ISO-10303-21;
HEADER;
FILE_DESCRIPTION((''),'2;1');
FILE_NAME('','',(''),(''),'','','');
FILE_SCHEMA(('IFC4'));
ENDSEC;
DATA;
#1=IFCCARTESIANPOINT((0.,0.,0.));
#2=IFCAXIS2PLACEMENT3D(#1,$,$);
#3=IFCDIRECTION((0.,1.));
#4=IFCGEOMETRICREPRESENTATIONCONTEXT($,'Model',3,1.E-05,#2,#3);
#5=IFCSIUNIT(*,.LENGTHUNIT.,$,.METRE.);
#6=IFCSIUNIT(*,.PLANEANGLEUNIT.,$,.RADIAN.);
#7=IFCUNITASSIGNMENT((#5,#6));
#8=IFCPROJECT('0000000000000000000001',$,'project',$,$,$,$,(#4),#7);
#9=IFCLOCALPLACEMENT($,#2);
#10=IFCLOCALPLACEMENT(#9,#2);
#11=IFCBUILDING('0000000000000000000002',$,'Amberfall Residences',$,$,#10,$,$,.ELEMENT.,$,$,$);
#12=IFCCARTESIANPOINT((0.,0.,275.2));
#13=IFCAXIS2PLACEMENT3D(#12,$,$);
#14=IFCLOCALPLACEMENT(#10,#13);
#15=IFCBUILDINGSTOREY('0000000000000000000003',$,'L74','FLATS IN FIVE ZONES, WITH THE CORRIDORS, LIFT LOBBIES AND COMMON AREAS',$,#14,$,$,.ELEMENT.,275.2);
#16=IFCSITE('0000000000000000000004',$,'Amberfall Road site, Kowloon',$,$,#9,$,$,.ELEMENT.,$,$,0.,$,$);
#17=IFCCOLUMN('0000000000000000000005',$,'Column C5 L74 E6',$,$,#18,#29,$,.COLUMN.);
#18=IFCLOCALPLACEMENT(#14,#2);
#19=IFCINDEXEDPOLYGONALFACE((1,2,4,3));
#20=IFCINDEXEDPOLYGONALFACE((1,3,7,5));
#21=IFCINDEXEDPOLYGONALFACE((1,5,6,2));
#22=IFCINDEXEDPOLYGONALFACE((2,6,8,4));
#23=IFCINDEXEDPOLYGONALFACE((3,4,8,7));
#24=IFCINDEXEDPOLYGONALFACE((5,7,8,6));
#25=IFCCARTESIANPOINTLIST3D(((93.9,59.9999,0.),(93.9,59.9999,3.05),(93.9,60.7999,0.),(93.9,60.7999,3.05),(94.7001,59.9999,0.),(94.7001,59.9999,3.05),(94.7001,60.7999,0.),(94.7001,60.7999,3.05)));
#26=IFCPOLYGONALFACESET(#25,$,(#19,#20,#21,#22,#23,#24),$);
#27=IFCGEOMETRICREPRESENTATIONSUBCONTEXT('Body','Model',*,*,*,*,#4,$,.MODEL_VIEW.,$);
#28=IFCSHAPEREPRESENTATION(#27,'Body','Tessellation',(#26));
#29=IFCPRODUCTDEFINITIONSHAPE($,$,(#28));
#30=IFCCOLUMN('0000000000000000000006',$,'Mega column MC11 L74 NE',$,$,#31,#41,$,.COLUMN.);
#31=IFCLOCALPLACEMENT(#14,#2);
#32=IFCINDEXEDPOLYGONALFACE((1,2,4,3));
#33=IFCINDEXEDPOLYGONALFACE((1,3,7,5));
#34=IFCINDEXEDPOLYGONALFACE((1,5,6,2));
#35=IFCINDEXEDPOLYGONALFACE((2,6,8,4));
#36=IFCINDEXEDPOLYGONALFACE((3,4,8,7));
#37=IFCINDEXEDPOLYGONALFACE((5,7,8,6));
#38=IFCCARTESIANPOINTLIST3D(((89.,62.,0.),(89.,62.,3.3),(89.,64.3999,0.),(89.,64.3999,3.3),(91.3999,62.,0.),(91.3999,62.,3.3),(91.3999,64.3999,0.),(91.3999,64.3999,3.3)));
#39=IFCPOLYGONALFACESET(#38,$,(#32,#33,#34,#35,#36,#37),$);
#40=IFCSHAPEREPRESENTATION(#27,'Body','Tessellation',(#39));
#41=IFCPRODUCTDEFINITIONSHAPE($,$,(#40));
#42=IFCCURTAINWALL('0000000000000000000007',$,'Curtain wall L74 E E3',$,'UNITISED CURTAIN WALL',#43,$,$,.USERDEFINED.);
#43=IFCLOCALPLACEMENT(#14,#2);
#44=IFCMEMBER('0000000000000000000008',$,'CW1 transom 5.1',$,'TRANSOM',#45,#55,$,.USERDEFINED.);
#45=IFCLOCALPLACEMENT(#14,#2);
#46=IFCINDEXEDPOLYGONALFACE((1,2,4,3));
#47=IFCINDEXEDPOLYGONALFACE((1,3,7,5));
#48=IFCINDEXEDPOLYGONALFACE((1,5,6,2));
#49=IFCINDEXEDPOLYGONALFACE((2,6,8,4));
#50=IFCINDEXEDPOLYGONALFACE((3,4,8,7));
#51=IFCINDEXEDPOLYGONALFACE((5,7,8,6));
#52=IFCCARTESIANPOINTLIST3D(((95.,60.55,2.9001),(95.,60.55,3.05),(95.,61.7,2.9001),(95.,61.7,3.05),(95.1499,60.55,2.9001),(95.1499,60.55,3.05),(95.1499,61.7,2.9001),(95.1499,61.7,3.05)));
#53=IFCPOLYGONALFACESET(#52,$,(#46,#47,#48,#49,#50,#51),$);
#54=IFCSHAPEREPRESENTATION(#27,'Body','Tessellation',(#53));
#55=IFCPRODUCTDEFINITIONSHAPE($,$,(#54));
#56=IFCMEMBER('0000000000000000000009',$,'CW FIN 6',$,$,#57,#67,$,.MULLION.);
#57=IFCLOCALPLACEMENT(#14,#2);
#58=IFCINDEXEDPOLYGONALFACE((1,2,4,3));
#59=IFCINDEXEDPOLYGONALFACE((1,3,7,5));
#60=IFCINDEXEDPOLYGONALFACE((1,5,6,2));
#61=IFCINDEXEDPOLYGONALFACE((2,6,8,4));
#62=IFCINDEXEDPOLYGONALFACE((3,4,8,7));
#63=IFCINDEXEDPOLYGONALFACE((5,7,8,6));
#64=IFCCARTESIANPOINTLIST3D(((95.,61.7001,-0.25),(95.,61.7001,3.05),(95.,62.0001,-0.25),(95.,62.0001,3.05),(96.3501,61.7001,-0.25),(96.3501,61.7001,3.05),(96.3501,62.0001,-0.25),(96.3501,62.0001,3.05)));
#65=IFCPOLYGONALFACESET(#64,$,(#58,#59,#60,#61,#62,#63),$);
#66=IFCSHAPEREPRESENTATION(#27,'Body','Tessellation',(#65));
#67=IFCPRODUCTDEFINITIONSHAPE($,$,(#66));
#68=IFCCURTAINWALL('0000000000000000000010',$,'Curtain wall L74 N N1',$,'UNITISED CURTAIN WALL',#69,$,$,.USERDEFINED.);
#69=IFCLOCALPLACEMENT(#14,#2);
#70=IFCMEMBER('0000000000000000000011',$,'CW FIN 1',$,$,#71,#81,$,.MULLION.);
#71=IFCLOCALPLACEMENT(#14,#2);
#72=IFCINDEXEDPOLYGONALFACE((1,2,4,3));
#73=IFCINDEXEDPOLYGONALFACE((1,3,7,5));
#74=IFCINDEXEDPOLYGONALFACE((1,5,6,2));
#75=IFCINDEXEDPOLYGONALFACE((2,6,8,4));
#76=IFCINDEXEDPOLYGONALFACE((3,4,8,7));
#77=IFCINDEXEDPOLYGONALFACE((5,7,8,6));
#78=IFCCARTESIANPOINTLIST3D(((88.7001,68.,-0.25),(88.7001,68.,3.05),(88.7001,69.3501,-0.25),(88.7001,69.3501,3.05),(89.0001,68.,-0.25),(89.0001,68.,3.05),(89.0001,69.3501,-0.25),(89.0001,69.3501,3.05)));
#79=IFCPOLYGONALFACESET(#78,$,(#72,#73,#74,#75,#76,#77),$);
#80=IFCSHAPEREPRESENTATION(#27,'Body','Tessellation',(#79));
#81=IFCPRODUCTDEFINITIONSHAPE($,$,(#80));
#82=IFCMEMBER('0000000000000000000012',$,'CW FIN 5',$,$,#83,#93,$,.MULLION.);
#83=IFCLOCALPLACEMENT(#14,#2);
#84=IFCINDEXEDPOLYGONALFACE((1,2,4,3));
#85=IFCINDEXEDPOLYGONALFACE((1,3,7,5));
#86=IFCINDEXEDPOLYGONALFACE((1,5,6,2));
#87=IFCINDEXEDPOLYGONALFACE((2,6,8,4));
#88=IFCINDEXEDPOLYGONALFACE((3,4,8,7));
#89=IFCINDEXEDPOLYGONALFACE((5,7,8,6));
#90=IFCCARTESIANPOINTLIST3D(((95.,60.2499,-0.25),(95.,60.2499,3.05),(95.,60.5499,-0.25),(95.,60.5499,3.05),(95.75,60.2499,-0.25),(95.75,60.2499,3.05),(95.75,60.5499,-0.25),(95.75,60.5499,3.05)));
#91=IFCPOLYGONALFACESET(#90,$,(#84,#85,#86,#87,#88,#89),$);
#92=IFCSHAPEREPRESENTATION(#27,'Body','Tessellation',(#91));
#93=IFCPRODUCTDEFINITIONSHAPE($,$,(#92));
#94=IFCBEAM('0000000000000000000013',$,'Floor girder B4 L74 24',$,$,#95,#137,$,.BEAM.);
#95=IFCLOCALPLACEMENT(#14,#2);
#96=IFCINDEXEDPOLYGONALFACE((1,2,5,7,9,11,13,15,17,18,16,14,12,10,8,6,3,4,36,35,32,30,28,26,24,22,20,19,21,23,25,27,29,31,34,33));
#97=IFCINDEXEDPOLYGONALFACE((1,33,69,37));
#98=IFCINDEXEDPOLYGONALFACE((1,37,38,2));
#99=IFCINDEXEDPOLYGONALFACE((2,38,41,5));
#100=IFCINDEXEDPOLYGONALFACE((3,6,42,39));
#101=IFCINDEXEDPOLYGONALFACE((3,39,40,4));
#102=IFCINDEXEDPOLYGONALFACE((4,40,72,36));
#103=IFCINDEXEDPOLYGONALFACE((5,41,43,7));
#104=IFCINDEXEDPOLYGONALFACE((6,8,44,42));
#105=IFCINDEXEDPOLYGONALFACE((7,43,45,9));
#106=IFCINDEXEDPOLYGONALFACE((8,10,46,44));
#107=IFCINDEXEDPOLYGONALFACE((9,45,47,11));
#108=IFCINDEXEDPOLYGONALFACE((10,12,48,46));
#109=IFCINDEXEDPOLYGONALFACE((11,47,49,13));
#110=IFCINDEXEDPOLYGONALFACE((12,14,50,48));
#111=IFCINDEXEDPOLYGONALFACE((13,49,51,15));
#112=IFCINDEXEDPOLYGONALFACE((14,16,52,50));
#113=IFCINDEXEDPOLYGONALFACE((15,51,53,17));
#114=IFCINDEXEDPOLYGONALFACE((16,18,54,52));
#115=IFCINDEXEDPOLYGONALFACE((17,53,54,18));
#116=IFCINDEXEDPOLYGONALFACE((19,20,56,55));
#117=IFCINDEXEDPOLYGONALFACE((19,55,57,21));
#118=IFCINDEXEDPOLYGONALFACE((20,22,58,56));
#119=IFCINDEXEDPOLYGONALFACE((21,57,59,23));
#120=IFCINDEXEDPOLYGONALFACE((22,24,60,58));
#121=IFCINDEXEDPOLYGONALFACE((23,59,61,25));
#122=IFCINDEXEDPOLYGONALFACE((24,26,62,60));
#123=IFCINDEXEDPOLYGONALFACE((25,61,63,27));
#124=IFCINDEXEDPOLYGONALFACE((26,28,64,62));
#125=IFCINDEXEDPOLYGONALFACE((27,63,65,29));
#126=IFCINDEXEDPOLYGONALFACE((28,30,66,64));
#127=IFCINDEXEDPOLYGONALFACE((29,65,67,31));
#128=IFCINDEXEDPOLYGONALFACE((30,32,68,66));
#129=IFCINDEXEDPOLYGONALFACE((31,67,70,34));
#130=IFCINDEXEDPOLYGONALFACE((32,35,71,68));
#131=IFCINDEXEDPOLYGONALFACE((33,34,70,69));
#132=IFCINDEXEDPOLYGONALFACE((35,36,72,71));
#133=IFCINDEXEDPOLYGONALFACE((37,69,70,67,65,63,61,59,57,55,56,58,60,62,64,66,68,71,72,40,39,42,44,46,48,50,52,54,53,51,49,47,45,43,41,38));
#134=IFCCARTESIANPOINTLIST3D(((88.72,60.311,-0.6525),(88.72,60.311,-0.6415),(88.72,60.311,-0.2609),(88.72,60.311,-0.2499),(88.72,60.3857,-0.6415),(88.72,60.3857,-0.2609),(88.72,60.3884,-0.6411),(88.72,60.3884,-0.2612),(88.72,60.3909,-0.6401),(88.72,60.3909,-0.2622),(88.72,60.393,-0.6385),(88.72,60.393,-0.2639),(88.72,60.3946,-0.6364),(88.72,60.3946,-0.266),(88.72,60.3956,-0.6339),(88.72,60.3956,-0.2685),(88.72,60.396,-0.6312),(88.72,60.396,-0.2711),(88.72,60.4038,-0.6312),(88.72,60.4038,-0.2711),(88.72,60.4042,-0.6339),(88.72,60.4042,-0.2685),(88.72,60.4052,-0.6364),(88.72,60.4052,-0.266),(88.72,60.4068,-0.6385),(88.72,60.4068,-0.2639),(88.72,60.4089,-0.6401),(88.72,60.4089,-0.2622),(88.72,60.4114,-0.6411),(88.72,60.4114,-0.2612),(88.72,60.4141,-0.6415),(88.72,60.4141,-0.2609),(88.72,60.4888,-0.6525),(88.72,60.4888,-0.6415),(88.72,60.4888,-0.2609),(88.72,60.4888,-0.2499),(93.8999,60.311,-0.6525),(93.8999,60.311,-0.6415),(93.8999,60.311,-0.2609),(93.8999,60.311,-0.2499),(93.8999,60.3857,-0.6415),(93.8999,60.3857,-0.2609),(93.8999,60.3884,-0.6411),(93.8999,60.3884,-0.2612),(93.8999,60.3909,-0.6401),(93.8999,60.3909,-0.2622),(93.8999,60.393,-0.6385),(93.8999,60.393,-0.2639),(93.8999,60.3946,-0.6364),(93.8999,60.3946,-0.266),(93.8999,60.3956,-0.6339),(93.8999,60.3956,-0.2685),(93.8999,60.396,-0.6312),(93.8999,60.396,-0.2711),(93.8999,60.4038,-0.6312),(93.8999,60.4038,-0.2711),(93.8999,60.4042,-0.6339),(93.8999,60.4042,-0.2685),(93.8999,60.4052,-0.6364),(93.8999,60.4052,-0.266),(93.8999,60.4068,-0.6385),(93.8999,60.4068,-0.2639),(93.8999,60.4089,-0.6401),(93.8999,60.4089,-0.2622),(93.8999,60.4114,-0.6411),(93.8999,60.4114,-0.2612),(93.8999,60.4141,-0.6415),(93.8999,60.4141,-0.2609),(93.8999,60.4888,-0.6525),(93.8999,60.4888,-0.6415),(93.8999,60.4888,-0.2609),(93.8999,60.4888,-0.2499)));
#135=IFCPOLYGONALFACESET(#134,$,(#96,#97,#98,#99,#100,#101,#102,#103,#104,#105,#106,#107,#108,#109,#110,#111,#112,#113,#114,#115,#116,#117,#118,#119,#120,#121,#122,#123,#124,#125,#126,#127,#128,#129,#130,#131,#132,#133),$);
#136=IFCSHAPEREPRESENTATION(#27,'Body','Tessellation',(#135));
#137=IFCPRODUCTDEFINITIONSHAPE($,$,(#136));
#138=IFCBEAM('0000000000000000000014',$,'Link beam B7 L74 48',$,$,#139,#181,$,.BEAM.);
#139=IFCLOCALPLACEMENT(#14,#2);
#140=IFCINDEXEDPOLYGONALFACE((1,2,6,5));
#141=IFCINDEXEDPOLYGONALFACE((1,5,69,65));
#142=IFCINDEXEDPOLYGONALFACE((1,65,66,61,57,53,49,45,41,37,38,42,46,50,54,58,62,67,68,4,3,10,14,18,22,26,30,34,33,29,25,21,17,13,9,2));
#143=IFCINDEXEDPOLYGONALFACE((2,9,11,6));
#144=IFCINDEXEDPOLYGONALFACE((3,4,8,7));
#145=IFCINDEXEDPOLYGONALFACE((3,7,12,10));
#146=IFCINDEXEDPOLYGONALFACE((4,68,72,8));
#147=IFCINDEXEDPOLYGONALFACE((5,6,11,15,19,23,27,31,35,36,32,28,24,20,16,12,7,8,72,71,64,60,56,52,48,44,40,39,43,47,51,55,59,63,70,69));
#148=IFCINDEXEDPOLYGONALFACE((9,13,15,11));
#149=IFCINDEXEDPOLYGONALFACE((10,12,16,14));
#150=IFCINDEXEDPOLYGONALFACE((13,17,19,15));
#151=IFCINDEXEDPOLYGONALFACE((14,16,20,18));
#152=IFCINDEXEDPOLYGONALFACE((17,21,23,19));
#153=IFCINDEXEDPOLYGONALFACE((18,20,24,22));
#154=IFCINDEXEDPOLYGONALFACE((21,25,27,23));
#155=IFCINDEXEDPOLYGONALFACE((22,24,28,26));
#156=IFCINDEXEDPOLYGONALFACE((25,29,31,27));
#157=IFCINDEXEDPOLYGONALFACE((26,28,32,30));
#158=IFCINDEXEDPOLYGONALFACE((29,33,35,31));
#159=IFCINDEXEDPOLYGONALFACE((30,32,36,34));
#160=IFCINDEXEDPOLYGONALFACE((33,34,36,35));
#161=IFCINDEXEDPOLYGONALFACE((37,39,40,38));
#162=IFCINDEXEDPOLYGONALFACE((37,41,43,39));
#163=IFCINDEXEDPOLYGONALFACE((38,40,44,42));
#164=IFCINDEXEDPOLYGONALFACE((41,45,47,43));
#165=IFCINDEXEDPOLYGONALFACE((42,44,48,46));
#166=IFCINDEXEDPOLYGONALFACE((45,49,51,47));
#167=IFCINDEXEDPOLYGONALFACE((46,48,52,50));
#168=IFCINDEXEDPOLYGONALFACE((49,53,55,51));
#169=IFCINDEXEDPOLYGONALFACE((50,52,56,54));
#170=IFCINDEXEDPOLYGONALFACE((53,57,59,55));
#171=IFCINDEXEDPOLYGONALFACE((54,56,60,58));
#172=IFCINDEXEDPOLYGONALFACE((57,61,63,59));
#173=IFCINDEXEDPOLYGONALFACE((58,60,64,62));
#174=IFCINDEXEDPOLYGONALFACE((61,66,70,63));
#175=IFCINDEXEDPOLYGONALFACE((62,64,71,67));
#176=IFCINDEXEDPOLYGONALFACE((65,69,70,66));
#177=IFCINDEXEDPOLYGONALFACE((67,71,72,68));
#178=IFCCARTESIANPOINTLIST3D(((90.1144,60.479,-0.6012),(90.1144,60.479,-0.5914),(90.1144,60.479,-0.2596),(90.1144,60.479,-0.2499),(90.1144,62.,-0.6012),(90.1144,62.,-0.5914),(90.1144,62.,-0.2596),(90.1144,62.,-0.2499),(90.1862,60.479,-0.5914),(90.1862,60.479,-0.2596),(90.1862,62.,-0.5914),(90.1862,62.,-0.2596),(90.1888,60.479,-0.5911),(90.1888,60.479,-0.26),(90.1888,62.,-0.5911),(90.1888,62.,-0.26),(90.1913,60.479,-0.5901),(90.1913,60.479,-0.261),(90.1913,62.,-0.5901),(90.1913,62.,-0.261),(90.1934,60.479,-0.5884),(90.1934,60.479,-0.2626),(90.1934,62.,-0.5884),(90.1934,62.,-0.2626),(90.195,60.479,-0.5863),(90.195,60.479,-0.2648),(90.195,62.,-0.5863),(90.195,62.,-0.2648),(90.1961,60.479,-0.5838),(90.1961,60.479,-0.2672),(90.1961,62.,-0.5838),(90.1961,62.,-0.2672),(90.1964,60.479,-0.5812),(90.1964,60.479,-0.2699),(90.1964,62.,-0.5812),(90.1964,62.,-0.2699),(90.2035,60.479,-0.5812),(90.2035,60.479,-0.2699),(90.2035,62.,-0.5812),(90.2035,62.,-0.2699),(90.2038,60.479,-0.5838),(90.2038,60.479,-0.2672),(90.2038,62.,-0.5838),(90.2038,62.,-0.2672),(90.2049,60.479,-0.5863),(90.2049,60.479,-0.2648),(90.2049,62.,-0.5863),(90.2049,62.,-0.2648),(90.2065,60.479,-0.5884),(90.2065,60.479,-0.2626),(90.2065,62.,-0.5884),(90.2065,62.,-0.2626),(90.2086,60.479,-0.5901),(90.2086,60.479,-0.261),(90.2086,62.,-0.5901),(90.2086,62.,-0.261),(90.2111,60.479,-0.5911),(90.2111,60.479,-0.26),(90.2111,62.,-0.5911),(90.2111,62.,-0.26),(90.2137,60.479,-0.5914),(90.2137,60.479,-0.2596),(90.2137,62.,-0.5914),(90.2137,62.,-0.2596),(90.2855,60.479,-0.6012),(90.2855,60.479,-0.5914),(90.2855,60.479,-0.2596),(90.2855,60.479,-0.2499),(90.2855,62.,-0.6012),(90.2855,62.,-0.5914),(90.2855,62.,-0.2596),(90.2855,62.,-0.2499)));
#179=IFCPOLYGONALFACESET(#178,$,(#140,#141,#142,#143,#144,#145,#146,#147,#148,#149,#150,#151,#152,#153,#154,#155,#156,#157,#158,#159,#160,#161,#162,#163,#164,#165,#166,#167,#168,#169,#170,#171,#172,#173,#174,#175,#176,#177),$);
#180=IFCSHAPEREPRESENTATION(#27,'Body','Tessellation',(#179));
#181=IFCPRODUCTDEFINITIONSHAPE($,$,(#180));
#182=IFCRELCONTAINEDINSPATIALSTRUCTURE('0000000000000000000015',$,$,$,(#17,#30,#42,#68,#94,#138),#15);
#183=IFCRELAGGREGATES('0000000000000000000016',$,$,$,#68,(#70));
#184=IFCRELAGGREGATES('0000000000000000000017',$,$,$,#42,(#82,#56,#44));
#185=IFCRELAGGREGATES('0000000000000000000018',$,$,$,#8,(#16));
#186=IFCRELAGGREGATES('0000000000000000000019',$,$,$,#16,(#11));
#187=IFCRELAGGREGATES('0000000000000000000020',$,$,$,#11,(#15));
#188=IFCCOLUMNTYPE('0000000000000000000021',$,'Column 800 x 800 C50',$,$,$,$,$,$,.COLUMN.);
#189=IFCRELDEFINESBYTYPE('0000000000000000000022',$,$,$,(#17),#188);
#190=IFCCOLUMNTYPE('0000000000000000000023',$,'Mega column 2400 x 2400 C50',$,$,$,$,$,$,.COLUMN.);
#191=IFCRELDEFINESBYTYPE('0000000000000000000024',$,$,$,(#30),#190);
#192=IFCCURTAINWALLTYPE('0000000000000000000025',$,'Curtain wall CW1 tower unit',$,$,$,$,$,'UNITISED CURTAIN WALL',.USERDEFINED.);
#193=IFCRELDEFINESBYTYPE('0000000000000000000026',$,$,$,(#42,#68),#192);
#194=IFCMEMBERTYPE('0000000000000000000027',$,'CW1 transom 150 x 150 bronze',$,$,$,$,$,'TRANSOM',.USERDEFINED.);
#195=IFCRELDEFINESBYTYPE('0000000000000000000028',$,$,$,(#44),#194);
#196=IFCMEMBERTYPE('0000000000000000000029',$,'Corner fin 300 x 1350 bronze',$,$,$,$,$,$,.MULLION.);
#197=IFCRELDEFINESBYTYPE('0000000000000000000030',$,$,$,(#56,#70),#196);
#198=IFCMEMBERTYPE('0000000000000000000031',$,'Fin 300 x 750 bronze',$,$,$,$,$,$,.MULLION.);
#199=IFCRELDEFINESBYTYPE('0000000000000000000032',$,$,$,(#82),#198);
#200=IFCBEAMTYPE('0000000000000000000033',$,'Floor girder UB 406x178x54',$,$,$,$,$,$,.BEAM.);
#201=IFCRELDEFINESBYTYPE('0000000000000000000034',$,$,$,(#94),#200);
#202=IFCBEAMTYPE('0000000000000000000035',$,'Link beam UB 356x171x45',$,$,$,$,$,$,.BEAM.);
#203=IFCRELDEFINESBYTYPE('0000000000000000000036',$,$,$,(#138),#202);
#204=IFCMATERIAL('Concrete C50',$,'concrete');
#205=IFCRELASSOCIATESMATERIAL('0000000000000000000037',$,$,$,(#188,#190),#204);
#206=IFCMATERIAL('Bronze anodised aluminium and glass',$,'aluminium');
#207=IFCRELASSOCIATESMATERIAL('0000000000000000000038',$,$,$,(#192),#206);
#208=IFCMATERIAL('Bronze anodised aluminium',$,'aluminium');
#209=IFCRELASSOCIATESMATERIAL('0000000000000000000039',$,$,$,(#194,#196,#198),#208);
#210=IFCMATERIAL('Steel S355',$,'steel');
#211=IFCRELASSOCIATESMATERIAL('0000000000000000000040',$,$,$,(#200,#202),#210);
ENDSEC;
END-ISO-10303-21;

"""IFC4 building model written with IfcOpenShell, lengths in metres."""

from ifc_helpers import new_model, si_unit, direction, frame, origin, origin_2d, place, context, subcontext, project, spatial, rectangle, i_section, extrude, material, material_profile, profile_set, type_object, element, aggregate, save


model = new_model("IFC4")

# Units and contexts
model_context = context("Model", 3, precision=1e-05, world=origin(), true_north=direction((0.0, 1.0)))
body_context = subcontext(model_context, "Body", "Model", "MODEL_VIEW")
ifc_project = project(units=[si_unit("LENGTHUNIT", "METRE"), si_unit("PLANEANGLEUNIT", "RADIAN")], contexts=[model_context])

# Site, building, storey
site_placement = place(None, origin())
site = spatial("IfcSite", under=ifc_project, at=site_placement, Name="Amberfall Road site, Kowloon", CompositionType="ELEMENT", RefElevation=0.0)
building_placement = place(site_placement, origin())
building = spatial("IfcBuilding", under=site, at=building_placement, Name="Amberfall Residences", CompositionType="ELEMENT")
storey_placement = place(building_placement, frame((0.0, 0.0, 275.2)))
storey = spatial("IfcBuildingStorey", under=building, at=storey_placement, Name="L74", Description="FLATS IN FIVE ZONES, WITH THE CORRIDORS, LIFT LOBBIES AND COMMON AREAS", CompositionType="ELEMENT", Elevation=275.2)

# Columns
ifc_material_1 = material(Name="Concrete C50", Category="concrete")
ifc_material_profile_1 = material_profile(ifc_material_1, rectangle(XDim=0.8, YDim=0.8, at=origin_2d()), Name="Column 800 x 800 C50")
ifc_profile_set_1 = profile_set([ifc_material_profile_1], Name="Concrete C50")
column_type_1 = type_object("IfcColumnType", Name="Column 800 x 800 C50", PredefinedType="COLUMN", material=ifc_profile_set_1)
column_1_placement = place(storey_placement, frame((94.3, 60.3999, 0.0), z_axis=(0.0, 0.0, 1.0), x_axis=(1.0, 0.0, 0.0)))
element("IfcColumn", 1, at=column_1_placement, inside=storey, type_object=column_type_1, Name="Column C5 L74 E6", PredefinedType="COLUMN", context=body_context, shape_type="SweptSolid", body=[
    extrude(rectangle(XDim=0.8, YDim=0.8, at=origin_2d()), origin(), (0.0, 0.0, 1.0), 3.05),
])
ifc_material_profile_2 = material_profile(ifc_material_1, rectangle(XDim=2.3999, YDim=2.3999, at=origin_2d()), Name="Mega column 2400 x 2400 C50")
ifc_profile_set_2 = profile_set([ifc_material_profile_2], Name="Concrete C50")
column_type_2 = type_object("IfcColumnType", Name="Mega column 2400 x 2400 C50", PredefinedType="COLUMN", material=ifc_profile_set_2)
column_2_placement = place(storey_placement, frame((90.2, 63.2, 0.0), z_axis=(0.0, 0.0, 1.0), x_axis=(1.0, 0.0, 0.0)))
element("IfcColumn", 2, at=column_2_placement, inside=storey, type_object=column_type_2, Name="Mega column MC11 L74 NE", PredefinedType="COLUMN", context=body_context, shape_type="SweptSolid", body=[
    extrude(rectangle(XDim=2.3999, YDim=2.3999, at=origin_2d()), origin(), (0.0, 0.0, 1.0), 3.3),
])

# Curtain wall, members
ifc_material_2 = material(Name="Bronze anodised aluminium and glass", Category="aluminium")
curtain_wall_type = type_object("IfcCurtainWallType", Name="Curtain wall CW1 tower unit", ElementType="UNITISED CURTAIN WALL", PredefinedType="USERDEFINED", material=ifc_material_2)
curtain_wall_1_placement = place(storey_placement, origin())
curtain_wall_1 = element("IfcCurtainWall", 3, at=curtain_wall_1_placement, inside=storey, type_object=curtain_wall_type, Name="Curtain wall L74 E E3", ObjectType="UNITISED CURTAIN WALL", PredefinedType="USERDEFINED")
ifc_material_3 = material(Name="Bronze anodised aluminium", Category="aluminium")
ifc_material_profile_3 = material_profile(ifc_material_3, rectangle(XDim=0.1499, YDim=0.1499, at=origin_2d()), Name="CW1 transom 150 x 150 bronze")
ifc_profile_set_3 = profile_set([ifc_material_profile_3], Name="Bronze anodised aluminium")
member_type_1 = type_object("IfcMemberType", Name="CW1 transom 150 x 150 bronze", ElementType="TRANSOM", PredefinedType="USERDEFINED", material=ifc_profile_set_3)
member_1_placement = place(storey_placement, frame((95.075, 60.55, 2.9751), z_axis=(0.0, 1.0, 0.0), x_axis=(-1.0, 0.0, 0.0)))
member_1 = element("IfcMember", 4, at=member_1_placement, type_object=member_type_1, Name="CW1 transom 5.1", ObjectType="TRANSOM", PredefinedType="USERDEFINED", context=body_context, shape_type="SweptSolid", body=[
    extrude(rectangle(XDim=0.1499, YDim=0.1499, at=origin_2d()), origin(), (0.0, 0.0, 1.0), 1.1499),
])
ifc_material_profile_4 = material_profile(ifc_material_3, rectangle(XDim=1.3501, YDim=0.3, at=origin_2d()), Name="Corner fin 300 x 1350 bronze")
ifc_profile_set_4 = profile_set([ifc_material_profile_4], Name="Bronze anodised aluminium")
member_type_2 = type_object("IfcMemberType", Name="Corner fin 300 x 1350 bronze", PredefinedType="MULLION", material=ifc_profile_set_4)
member_2_placement = place(storey_placement, frame((95.675, 61.8501, -0.25), z_axis=(0.0, 0.0, 1.0), x_axis=(-1.0, 0.0, 0.0)))
member_2 = element("IfcMember", 5, at=member_2_placement, type_object=member_type_2, Name="CW FIN 6", PredefinedType="MULLION", context=body_context, shape_type="SweptSolid", body=[
    extrude(rectangle(XDim=1.3501, YDim=0.3, at=origin_2d()), origin(), (0.0, 0.0, 1.0), 3.3),
])

# Curtain wall, member
curtain_wall_2_placement = place(storey_placement, origin())
curtain_wall_2 = element("IfcCurtainWall", 6, at=curtain_wall_2_placement, inside=storey, type_object=curtain_wall_type, Name="Curtain wall L74 N N1", ObjectType="UNITISED CURTAIN WALL", PredefinedType="USERDEFINED")
member_3_placement = place(storey_placement, frame((88.8501, 68.675, -0.25), z_axis=(0.0, 0.0, 1.0), x_axis=(0.0, -1.0, 0.0)))
member_3 = element("IfcMember", 7, at=member_3_placement, type_object=member_type_2, Name="CW FIN 1", PredefinedType="MULLION", context=body_context, shape_type="SweptSolid", body=[
    extrude(rectangle(XDim=1.3501, YDim=0.3, at=origin_2d()), origin(), (0.0, 0.0, 1.0), 3.3),
])
aggregate(curtain_wall_2, [member_3])

# Member
ifc_material_profile_5 = material_profile(ifc_material_3, rectangle(XDim=0.75, YDim=0.3, at=origin_2d()), Name="Fin 300 x 750 bronze")
ifc_profile_set_5 = profile_set([ifc_material_profile_5], Name="Bronze anodised aluminium")
member_type_3 = type_object("IfcMemberType", Name="Fin 300 x 750 bronze", PredefinedType="MULLION", material=ifc_profile_set_5)
member_4_placement = place(storey_placement, frame((95.375, 60.3999, -0.25), z_axis=(0.0, 0.0, 1.0), x_axis=(-1.0, 0.0, 0.0)))
member_4 = element("IfcMember", 8, at=member_4_placement, type_object=member_type_3, Name="CW FIN 5", PredefinedType="MULLION", context=body_context, shape_type="SweptSolid", body=[
    extrude(rectangle(XDim=0.75, YDim=0.3, at=origin_2d()), origin(), (0.0, 0.0, 1.0), 3.3),
])

# Beams
ifc_material_4 = material(Name="Steel S355", Category="steel")
ifc_material_profile_6 = material_profile(ifc_material_4, i_section(OverallWidth=0.1777, OverallDepth=0.4026, WebThickness=0.0078, FlangeThickness=0.011, FilletRadius=0.0103, at=origin_2d()), Name="UB 406x178x54")
ifc_profile_set_6 = profile_set([ifc_material_profile_6], Name="Steel S355")
beam_type_1 = type_object("IfcBeamType", Name="Floor girder UB 406x178x54", PredefinedType="BEAM", material=ifc_profile_set_6)
beam_1_placement = place(storey_placement, frame((93.8999, 60.3999, -0.4512), z_axis=(-1.0, 0.0, 0.0), x_axis=(0.0, -1.0, 0.0)))
element("IfcBeam", 9, at=beam_1_placement, inside=storey, type_object=beam_type_1, Name="Floor girder B4 L74 24", PredefinedType="BEAM", context=body_context, shape_type="SweptSolid", body=[
    extrude(i_section(OverallWidth=0.1777, OverallDepth=0.4026, WebThickness=0.0078, FlangeThickness=0.011, FilletRadius=0.0103, at=origin_2d()), origin(), (0.0, 0.0, 1.0), 5.1799),
])
ifc_material_profile_7 = material_profile(ifc_material_4, i_section(OverallWidth=0.1711, OverallDepth=0.3513, WebThickness=0.0071, FlangeThickness=0.0098, FilletRadius=0.0103, at=origin_2d()), Name="UB 356x171x45")
ifc_profile_set_7 = profile_set([ifc_material_profile_7], Name="Steel S355")
beam_type_2 = type_object("IfcBeamType", Name="Link beam UB 356x171x45", PredefinedType="BEAM", material=ifc_profile_set_7)
beam_2_placement = place(storey_placement, frame((90.2, 62.0, -0.4255), z_axis=(0.0, -1.0, 0.0), x_axis=(1.0, 0.0, 0.0)))
element("IfcBeam", 10, at=beam_2_placement, inside=storey, type_object=beam_type_2, Name="Link beam B7 L74 48", PredefinedType="BEAM", context=body_context, shape_type="SweptSolid", body=[
    extrude(i_section(OverallWidth=0.1711, OverallDepth=0.3513, WebThickness=0.0071, FlangeThickness=0.0098, FilletRadius=0.0103, at=origin_2d()), origin(), (0.0, 0.0, 1.0), 1.521),
])

aggregate(curtain_wall_1, [member_4, member_2, member_1])

save(model, "model.ifc")
